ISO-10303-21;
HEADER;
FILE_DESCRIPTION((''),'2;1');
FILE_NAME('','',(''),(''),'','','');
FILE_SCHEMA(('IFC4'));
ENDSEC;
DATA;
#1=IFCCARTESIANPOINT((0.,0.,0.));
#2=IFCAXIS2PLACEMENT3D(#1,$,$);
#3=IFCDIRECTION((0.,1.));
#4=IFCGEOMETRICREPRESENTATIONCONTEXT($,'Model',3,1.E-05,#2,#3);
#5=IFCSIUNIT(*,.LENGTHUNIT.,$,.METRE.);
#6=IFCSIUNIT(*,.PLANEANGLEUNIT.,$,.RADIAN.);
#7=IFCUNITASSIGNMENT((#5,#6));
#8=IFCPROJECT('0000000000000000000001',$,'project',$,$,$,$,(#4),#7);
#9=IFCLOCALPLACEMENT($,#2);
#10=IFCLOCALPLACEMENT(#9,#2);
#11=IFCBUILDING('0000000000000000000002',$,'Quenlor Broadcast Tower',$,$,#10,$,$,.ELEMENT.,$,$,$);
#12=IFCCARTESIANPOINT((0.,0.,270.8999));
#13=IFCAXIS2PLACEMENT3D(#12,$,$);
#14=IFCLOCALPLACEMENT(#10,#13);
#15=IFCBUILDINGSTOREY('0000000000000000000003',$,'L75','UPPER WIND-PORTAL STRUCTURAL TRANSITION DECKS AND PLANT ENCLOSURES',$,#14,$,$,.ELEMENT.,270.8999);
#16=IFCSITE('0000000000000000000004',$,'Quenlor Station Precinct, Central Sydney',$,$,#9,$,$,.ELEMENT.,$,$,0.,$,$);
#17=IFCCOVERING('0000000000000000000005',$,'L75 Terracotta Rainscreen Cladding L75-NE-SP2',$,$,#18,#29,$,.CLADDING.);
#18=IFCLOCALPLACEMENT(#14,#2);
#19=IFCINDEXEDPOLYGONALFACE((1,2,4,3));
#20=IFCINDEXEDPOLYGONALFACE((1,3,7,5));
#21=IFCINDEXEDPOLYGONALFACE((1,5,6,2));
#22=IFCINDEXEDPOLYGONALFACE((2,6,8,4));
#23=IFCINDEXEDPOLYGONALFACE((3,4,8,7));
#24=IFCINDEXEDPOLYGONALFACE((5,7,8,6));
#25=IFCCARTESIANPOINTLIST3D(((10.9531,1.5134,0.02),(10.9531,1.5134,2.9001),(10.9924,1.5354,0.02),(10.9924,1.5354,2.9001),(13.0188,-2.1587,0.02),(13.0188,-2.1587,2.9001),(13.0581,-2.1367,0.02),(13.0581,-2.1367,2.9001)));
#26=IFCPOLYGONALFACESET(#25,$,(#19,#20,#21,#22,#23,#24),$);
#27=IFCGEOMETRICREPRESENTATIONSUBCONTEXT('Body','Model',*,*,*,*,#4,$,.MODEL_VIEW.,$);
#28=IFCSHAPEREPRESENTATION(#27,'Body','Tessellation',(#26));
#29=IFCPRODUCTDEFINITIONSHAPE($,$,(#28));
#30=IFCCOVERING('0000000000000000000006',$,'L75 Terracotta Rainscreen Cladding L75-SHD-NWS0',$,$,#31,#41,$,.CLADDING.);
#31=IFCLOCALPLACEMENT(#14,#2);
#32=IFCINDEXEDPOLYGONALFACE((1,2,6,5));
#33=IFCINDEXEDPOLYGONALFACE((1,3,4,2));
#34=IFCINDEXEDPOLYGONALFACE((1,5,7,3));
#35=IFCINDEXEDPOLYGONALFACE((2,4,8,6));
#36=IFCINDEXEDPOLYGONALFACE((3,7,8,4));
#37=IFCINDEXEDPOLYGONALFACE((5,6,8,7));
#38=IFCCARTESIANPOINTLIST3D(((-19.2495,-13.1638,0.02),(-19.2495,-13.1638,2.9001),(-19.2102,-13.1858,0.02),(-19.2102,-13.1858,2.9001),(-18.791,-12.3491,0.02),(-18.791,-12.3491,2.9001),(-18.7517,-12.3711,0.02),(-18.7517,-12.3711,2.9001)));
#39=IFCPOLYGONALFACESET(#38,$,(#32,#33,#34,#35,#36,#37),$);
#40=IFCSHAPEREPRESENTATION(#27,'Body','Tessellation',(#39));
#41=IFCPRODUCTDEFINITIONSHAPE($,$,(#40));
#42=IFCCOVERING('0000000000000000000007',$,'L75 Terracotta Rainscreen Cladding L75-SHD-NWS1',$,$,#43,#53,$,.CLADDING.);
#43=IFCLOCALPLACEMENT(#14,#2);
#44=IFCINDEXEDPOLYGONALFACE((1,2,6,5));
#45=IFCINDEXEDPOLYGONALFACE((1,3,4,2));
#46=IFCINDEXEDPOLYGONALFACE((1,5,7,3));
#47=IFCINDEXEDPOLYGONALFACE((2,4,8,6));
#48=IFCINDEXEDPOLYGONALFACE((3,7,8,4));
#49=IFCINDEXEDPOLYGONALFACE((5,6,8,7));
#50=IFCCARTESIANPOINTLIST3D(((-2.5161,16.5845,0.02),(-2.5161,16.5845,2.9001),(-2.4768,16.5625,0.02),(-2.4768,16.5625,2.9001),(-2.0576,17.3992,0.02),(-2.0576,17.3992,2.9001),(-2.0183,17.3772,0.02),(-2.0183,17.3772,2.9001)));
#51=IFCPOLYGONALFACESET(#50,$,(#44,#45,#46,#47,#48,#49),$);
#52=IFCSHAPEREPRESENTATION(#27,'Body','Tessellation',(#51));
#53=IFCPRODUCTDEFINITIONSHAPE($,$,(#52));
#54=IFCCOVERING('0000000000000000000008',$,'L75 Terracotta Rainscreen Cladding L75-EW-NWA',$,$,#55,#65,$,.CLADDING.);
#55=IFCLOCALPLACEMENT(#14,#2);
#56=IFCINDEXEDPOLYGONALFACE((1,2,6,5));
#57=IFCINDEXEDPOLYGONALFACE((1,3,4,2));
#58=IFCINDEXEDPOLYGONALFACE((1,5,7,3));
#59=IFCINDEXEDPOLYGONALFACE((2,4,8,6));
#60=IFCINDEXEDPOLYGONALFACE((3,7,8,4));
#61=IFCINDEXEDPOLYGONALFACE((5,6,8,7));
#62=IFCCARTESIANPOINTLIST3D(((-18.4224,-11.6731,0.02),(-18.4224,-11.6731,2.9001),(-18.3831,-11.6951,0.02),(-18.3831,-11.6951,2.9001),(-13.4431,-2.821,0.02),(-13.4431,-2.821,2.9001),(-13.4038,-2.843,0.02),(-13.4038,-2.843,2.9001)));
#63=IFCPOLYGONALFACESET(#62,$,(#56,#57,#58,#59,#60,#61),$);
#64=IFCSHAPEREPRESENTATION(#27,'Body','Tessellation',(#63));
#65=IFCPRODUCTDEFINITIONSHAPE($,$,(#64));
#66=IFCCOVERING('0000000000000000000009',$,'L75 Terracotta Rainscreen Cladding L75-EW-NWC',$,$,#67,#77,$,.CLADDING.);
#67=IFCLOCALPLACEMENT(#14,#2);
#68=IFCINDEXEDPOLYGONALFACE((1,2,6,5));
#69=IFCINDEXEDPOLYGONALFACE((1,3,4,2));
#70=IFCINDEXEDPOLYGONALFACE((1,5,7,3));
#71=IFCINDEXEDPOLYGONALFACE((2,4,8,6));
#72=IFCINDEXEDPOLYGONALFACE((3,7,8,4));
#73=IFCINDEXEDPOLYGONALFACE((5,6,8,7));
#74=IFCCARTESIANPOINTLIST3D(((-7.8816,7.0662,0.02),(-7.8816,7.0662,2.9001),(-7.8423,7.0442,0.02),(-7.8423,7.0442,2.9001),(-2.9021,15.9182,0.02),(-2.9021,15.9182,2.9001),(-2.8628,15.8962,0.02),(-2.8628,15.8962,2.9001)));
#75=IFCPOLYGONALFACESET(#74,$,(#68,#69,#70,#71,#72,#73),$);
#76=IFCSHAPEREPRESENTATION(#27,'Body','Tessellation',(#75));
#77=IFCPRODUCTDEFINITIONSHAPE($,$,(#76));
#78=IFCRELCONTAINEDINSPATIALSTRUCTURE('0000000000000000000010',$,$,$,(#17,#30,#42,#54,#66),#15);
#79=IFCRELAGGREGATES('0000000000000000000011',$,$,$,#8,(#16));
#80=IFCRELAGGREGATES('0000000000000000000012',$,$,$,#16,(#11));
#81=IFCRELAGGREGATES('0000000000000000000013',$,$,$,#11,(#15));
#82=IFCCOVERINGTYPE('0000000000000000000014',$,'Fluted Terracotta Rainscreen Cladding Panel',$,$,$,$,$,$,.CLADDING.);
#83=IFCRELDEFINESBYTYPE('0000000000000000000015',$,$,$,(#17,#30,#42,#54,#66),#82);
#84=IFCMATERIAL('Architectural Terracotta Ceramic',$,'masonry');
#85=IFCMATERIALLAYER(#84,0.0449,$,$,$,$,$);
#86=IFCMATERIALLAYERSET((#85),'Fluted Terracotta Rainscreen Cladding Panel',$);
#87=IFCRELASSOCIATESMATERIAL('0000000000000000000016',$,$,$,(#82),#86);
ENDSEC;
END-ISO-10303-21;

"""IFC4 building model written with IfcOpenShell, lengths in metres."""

from ifc_helpers import new_model, si_unit, direction, frame, origin, place, context, subcontext, project, spatial, polyline, outline, extrude, material, layer, layer_set, type_object, element, save


model = new_model("IFC4")

# Units and contexts
model_context = context("Model", 3, precision=1e-05, world=origin(), true_north=direction((0.0, 1.0)))
body_context = subcontext(model_context, "Body", "Model", "MODEL_VIEW")
ifc_project = project(units=[si_unit("LENGTHUNIT", "METRE"), si_unit("PLANEANGLEUNIT", "RADIAN")], contexts=[model_context])

# Site, building, storey
site_placement = place(None, origin())
site = spatial("IfcSite", under=ifc_project, at=site_placement, Name="Quenlor Station Precinct, Central Sydney", CompositionType="ELEMENT", RefElevation=0.0)
building_placement = place(site_placement, origin())
building = spatial("IfcBuilding", under=site, at=building_placement, Name="Quenlor Broadcast Tower", CompositionType="ELEMENT")
storey_placement = place(building_placement, frame((0.0, 0.0, 270.8999)))
storey = spatial("IfcBuildingStorey", under=building, at=storey_placement, Name="L75", Description="UPPER WIND-PORTAL STRUCTURAL TRANSITION DECKS AND PLANT ENCLOSURES", CompositionType="ELEMENT", Elevation=270.8999)

# Coverings
ifc_material_1 = material(Name="Architectural Terracotta Ceramic", Category="masonry")
ifc_layer_1 = layer(ifc_material_1, 0.0449)
ifc_layer_set_1 = layer_set([ifc_layer_1], Name="Fluted Terracotta Rainscreen Cladding Panel")
covering_type = type_object("IfcCoveringType", Name="Fluted Terracotta Rainscreen Cladding Panel", PredefinedType="CLADDING", material=ifc_layer_set_1)
covering_1_placement = place(storey_placement, frame((0.0, 0.0, 0.02)))
element("IfcCovering", 1, at=covering_1_placement, inside=storey, type_object=covering_type, Name="L75 Terracotta Rainscreen Cladding L75-NE-SP2", PredefinedType="CLADDING", context=body_context, shape_type="SweptSolid", body=[
    extrude(outline(polyline([(10.9531, 1.5134), (13.0188, -2.1587), (13.0581, -2.1367), (10.9924, 1.5354), (10.9531, 1.5134)])), origin(), (0.0, 0.0, 1.0), 2.8801),
])
covering_2_placement = place(storey_placement, frame((0.0, 0.0, 0.02)))
element("IfcCovering", 2, at=covering_2_placement, inside=storey, type_object=covering_type, Name="L75 Terracotta Rainscreen Cladding L75-SHD-NWS0", PredefinedType="CLADDING", context=body_context, shape_type="SweptSolid", body=[
    extrude(outline(polyline([(-19.2102, -13.1858), (-18.7517, -12.3711), (-18.791, -12.3491), (-19.2495, -13.1638), (-19.2102, -13.1858)])), origin(), (0.0, 0.0, 1.0), 2.8801),
])
covering_3_placement = place(storey_placement, frame((0.0, 0.0, 0.02)))
element("IfcCovering", 3, at=covering_3_placement, inside=storey, type_object=covering_type, Name="L75 Terracotta Rainscreen Cladding L75-SHD-NWS1", PredefinedType="CLADDING", context=body_context, shape_type="SweptSolid", body=[
    extrude(outline(polyline([(-2.4768, 16.5625), (-2.0183, 17.3772), (-2.0576, 17.3992), (-2.5161, 16.5845), (-2.4768, 16.5625)])), origin(), (0.0, 0.0, 1.0), 2.8801),
])
covering_4_placement = place(storey_placement, frame((0.0, 0.0, 0.02)))
element("IfcCovering", 4, at=covering_4_placement, inside=storey, type_object=covering_type, Name="L75 Terracotta Rainscreen Cladding L75-EW-NWA", PredefinedType="CLADDING", context=body_context, shape_type="SweptSolid", body=[
    extrude(outline(polyline([(-18.3831, -11.6951), (-13.4038, -2.843), (-13.4431, -2.821), (-18.4224, -11.6731), (-18.3831, -11.6951)])), origin(), (0.0, 0.0, 1.0), 2.8801),
])
covering_5_placement = place(storey_placement, frame((0.0, 0.0, 0.02)))
element("IfcCovering", 5, at=covering_5_placement, inside=storey, type_object=covering_type, Name="L75 Terracotta Rainscreen Cladding L75-EW-NWC", PredefinedType="CLADDING", context=body_context, shape_type="SweptSolid", body=[
    extrude(outline(polyline([(-7.8423, 7.0442), (-2.8628, 15.8962), (-2.9021, 15.9182), (-7.8816, 7.0662), (-7.8423, 7.0442)])), origin(), (0.0, 0.0, 1.0), 2.8801),
])

save(model, "model.ifc")
